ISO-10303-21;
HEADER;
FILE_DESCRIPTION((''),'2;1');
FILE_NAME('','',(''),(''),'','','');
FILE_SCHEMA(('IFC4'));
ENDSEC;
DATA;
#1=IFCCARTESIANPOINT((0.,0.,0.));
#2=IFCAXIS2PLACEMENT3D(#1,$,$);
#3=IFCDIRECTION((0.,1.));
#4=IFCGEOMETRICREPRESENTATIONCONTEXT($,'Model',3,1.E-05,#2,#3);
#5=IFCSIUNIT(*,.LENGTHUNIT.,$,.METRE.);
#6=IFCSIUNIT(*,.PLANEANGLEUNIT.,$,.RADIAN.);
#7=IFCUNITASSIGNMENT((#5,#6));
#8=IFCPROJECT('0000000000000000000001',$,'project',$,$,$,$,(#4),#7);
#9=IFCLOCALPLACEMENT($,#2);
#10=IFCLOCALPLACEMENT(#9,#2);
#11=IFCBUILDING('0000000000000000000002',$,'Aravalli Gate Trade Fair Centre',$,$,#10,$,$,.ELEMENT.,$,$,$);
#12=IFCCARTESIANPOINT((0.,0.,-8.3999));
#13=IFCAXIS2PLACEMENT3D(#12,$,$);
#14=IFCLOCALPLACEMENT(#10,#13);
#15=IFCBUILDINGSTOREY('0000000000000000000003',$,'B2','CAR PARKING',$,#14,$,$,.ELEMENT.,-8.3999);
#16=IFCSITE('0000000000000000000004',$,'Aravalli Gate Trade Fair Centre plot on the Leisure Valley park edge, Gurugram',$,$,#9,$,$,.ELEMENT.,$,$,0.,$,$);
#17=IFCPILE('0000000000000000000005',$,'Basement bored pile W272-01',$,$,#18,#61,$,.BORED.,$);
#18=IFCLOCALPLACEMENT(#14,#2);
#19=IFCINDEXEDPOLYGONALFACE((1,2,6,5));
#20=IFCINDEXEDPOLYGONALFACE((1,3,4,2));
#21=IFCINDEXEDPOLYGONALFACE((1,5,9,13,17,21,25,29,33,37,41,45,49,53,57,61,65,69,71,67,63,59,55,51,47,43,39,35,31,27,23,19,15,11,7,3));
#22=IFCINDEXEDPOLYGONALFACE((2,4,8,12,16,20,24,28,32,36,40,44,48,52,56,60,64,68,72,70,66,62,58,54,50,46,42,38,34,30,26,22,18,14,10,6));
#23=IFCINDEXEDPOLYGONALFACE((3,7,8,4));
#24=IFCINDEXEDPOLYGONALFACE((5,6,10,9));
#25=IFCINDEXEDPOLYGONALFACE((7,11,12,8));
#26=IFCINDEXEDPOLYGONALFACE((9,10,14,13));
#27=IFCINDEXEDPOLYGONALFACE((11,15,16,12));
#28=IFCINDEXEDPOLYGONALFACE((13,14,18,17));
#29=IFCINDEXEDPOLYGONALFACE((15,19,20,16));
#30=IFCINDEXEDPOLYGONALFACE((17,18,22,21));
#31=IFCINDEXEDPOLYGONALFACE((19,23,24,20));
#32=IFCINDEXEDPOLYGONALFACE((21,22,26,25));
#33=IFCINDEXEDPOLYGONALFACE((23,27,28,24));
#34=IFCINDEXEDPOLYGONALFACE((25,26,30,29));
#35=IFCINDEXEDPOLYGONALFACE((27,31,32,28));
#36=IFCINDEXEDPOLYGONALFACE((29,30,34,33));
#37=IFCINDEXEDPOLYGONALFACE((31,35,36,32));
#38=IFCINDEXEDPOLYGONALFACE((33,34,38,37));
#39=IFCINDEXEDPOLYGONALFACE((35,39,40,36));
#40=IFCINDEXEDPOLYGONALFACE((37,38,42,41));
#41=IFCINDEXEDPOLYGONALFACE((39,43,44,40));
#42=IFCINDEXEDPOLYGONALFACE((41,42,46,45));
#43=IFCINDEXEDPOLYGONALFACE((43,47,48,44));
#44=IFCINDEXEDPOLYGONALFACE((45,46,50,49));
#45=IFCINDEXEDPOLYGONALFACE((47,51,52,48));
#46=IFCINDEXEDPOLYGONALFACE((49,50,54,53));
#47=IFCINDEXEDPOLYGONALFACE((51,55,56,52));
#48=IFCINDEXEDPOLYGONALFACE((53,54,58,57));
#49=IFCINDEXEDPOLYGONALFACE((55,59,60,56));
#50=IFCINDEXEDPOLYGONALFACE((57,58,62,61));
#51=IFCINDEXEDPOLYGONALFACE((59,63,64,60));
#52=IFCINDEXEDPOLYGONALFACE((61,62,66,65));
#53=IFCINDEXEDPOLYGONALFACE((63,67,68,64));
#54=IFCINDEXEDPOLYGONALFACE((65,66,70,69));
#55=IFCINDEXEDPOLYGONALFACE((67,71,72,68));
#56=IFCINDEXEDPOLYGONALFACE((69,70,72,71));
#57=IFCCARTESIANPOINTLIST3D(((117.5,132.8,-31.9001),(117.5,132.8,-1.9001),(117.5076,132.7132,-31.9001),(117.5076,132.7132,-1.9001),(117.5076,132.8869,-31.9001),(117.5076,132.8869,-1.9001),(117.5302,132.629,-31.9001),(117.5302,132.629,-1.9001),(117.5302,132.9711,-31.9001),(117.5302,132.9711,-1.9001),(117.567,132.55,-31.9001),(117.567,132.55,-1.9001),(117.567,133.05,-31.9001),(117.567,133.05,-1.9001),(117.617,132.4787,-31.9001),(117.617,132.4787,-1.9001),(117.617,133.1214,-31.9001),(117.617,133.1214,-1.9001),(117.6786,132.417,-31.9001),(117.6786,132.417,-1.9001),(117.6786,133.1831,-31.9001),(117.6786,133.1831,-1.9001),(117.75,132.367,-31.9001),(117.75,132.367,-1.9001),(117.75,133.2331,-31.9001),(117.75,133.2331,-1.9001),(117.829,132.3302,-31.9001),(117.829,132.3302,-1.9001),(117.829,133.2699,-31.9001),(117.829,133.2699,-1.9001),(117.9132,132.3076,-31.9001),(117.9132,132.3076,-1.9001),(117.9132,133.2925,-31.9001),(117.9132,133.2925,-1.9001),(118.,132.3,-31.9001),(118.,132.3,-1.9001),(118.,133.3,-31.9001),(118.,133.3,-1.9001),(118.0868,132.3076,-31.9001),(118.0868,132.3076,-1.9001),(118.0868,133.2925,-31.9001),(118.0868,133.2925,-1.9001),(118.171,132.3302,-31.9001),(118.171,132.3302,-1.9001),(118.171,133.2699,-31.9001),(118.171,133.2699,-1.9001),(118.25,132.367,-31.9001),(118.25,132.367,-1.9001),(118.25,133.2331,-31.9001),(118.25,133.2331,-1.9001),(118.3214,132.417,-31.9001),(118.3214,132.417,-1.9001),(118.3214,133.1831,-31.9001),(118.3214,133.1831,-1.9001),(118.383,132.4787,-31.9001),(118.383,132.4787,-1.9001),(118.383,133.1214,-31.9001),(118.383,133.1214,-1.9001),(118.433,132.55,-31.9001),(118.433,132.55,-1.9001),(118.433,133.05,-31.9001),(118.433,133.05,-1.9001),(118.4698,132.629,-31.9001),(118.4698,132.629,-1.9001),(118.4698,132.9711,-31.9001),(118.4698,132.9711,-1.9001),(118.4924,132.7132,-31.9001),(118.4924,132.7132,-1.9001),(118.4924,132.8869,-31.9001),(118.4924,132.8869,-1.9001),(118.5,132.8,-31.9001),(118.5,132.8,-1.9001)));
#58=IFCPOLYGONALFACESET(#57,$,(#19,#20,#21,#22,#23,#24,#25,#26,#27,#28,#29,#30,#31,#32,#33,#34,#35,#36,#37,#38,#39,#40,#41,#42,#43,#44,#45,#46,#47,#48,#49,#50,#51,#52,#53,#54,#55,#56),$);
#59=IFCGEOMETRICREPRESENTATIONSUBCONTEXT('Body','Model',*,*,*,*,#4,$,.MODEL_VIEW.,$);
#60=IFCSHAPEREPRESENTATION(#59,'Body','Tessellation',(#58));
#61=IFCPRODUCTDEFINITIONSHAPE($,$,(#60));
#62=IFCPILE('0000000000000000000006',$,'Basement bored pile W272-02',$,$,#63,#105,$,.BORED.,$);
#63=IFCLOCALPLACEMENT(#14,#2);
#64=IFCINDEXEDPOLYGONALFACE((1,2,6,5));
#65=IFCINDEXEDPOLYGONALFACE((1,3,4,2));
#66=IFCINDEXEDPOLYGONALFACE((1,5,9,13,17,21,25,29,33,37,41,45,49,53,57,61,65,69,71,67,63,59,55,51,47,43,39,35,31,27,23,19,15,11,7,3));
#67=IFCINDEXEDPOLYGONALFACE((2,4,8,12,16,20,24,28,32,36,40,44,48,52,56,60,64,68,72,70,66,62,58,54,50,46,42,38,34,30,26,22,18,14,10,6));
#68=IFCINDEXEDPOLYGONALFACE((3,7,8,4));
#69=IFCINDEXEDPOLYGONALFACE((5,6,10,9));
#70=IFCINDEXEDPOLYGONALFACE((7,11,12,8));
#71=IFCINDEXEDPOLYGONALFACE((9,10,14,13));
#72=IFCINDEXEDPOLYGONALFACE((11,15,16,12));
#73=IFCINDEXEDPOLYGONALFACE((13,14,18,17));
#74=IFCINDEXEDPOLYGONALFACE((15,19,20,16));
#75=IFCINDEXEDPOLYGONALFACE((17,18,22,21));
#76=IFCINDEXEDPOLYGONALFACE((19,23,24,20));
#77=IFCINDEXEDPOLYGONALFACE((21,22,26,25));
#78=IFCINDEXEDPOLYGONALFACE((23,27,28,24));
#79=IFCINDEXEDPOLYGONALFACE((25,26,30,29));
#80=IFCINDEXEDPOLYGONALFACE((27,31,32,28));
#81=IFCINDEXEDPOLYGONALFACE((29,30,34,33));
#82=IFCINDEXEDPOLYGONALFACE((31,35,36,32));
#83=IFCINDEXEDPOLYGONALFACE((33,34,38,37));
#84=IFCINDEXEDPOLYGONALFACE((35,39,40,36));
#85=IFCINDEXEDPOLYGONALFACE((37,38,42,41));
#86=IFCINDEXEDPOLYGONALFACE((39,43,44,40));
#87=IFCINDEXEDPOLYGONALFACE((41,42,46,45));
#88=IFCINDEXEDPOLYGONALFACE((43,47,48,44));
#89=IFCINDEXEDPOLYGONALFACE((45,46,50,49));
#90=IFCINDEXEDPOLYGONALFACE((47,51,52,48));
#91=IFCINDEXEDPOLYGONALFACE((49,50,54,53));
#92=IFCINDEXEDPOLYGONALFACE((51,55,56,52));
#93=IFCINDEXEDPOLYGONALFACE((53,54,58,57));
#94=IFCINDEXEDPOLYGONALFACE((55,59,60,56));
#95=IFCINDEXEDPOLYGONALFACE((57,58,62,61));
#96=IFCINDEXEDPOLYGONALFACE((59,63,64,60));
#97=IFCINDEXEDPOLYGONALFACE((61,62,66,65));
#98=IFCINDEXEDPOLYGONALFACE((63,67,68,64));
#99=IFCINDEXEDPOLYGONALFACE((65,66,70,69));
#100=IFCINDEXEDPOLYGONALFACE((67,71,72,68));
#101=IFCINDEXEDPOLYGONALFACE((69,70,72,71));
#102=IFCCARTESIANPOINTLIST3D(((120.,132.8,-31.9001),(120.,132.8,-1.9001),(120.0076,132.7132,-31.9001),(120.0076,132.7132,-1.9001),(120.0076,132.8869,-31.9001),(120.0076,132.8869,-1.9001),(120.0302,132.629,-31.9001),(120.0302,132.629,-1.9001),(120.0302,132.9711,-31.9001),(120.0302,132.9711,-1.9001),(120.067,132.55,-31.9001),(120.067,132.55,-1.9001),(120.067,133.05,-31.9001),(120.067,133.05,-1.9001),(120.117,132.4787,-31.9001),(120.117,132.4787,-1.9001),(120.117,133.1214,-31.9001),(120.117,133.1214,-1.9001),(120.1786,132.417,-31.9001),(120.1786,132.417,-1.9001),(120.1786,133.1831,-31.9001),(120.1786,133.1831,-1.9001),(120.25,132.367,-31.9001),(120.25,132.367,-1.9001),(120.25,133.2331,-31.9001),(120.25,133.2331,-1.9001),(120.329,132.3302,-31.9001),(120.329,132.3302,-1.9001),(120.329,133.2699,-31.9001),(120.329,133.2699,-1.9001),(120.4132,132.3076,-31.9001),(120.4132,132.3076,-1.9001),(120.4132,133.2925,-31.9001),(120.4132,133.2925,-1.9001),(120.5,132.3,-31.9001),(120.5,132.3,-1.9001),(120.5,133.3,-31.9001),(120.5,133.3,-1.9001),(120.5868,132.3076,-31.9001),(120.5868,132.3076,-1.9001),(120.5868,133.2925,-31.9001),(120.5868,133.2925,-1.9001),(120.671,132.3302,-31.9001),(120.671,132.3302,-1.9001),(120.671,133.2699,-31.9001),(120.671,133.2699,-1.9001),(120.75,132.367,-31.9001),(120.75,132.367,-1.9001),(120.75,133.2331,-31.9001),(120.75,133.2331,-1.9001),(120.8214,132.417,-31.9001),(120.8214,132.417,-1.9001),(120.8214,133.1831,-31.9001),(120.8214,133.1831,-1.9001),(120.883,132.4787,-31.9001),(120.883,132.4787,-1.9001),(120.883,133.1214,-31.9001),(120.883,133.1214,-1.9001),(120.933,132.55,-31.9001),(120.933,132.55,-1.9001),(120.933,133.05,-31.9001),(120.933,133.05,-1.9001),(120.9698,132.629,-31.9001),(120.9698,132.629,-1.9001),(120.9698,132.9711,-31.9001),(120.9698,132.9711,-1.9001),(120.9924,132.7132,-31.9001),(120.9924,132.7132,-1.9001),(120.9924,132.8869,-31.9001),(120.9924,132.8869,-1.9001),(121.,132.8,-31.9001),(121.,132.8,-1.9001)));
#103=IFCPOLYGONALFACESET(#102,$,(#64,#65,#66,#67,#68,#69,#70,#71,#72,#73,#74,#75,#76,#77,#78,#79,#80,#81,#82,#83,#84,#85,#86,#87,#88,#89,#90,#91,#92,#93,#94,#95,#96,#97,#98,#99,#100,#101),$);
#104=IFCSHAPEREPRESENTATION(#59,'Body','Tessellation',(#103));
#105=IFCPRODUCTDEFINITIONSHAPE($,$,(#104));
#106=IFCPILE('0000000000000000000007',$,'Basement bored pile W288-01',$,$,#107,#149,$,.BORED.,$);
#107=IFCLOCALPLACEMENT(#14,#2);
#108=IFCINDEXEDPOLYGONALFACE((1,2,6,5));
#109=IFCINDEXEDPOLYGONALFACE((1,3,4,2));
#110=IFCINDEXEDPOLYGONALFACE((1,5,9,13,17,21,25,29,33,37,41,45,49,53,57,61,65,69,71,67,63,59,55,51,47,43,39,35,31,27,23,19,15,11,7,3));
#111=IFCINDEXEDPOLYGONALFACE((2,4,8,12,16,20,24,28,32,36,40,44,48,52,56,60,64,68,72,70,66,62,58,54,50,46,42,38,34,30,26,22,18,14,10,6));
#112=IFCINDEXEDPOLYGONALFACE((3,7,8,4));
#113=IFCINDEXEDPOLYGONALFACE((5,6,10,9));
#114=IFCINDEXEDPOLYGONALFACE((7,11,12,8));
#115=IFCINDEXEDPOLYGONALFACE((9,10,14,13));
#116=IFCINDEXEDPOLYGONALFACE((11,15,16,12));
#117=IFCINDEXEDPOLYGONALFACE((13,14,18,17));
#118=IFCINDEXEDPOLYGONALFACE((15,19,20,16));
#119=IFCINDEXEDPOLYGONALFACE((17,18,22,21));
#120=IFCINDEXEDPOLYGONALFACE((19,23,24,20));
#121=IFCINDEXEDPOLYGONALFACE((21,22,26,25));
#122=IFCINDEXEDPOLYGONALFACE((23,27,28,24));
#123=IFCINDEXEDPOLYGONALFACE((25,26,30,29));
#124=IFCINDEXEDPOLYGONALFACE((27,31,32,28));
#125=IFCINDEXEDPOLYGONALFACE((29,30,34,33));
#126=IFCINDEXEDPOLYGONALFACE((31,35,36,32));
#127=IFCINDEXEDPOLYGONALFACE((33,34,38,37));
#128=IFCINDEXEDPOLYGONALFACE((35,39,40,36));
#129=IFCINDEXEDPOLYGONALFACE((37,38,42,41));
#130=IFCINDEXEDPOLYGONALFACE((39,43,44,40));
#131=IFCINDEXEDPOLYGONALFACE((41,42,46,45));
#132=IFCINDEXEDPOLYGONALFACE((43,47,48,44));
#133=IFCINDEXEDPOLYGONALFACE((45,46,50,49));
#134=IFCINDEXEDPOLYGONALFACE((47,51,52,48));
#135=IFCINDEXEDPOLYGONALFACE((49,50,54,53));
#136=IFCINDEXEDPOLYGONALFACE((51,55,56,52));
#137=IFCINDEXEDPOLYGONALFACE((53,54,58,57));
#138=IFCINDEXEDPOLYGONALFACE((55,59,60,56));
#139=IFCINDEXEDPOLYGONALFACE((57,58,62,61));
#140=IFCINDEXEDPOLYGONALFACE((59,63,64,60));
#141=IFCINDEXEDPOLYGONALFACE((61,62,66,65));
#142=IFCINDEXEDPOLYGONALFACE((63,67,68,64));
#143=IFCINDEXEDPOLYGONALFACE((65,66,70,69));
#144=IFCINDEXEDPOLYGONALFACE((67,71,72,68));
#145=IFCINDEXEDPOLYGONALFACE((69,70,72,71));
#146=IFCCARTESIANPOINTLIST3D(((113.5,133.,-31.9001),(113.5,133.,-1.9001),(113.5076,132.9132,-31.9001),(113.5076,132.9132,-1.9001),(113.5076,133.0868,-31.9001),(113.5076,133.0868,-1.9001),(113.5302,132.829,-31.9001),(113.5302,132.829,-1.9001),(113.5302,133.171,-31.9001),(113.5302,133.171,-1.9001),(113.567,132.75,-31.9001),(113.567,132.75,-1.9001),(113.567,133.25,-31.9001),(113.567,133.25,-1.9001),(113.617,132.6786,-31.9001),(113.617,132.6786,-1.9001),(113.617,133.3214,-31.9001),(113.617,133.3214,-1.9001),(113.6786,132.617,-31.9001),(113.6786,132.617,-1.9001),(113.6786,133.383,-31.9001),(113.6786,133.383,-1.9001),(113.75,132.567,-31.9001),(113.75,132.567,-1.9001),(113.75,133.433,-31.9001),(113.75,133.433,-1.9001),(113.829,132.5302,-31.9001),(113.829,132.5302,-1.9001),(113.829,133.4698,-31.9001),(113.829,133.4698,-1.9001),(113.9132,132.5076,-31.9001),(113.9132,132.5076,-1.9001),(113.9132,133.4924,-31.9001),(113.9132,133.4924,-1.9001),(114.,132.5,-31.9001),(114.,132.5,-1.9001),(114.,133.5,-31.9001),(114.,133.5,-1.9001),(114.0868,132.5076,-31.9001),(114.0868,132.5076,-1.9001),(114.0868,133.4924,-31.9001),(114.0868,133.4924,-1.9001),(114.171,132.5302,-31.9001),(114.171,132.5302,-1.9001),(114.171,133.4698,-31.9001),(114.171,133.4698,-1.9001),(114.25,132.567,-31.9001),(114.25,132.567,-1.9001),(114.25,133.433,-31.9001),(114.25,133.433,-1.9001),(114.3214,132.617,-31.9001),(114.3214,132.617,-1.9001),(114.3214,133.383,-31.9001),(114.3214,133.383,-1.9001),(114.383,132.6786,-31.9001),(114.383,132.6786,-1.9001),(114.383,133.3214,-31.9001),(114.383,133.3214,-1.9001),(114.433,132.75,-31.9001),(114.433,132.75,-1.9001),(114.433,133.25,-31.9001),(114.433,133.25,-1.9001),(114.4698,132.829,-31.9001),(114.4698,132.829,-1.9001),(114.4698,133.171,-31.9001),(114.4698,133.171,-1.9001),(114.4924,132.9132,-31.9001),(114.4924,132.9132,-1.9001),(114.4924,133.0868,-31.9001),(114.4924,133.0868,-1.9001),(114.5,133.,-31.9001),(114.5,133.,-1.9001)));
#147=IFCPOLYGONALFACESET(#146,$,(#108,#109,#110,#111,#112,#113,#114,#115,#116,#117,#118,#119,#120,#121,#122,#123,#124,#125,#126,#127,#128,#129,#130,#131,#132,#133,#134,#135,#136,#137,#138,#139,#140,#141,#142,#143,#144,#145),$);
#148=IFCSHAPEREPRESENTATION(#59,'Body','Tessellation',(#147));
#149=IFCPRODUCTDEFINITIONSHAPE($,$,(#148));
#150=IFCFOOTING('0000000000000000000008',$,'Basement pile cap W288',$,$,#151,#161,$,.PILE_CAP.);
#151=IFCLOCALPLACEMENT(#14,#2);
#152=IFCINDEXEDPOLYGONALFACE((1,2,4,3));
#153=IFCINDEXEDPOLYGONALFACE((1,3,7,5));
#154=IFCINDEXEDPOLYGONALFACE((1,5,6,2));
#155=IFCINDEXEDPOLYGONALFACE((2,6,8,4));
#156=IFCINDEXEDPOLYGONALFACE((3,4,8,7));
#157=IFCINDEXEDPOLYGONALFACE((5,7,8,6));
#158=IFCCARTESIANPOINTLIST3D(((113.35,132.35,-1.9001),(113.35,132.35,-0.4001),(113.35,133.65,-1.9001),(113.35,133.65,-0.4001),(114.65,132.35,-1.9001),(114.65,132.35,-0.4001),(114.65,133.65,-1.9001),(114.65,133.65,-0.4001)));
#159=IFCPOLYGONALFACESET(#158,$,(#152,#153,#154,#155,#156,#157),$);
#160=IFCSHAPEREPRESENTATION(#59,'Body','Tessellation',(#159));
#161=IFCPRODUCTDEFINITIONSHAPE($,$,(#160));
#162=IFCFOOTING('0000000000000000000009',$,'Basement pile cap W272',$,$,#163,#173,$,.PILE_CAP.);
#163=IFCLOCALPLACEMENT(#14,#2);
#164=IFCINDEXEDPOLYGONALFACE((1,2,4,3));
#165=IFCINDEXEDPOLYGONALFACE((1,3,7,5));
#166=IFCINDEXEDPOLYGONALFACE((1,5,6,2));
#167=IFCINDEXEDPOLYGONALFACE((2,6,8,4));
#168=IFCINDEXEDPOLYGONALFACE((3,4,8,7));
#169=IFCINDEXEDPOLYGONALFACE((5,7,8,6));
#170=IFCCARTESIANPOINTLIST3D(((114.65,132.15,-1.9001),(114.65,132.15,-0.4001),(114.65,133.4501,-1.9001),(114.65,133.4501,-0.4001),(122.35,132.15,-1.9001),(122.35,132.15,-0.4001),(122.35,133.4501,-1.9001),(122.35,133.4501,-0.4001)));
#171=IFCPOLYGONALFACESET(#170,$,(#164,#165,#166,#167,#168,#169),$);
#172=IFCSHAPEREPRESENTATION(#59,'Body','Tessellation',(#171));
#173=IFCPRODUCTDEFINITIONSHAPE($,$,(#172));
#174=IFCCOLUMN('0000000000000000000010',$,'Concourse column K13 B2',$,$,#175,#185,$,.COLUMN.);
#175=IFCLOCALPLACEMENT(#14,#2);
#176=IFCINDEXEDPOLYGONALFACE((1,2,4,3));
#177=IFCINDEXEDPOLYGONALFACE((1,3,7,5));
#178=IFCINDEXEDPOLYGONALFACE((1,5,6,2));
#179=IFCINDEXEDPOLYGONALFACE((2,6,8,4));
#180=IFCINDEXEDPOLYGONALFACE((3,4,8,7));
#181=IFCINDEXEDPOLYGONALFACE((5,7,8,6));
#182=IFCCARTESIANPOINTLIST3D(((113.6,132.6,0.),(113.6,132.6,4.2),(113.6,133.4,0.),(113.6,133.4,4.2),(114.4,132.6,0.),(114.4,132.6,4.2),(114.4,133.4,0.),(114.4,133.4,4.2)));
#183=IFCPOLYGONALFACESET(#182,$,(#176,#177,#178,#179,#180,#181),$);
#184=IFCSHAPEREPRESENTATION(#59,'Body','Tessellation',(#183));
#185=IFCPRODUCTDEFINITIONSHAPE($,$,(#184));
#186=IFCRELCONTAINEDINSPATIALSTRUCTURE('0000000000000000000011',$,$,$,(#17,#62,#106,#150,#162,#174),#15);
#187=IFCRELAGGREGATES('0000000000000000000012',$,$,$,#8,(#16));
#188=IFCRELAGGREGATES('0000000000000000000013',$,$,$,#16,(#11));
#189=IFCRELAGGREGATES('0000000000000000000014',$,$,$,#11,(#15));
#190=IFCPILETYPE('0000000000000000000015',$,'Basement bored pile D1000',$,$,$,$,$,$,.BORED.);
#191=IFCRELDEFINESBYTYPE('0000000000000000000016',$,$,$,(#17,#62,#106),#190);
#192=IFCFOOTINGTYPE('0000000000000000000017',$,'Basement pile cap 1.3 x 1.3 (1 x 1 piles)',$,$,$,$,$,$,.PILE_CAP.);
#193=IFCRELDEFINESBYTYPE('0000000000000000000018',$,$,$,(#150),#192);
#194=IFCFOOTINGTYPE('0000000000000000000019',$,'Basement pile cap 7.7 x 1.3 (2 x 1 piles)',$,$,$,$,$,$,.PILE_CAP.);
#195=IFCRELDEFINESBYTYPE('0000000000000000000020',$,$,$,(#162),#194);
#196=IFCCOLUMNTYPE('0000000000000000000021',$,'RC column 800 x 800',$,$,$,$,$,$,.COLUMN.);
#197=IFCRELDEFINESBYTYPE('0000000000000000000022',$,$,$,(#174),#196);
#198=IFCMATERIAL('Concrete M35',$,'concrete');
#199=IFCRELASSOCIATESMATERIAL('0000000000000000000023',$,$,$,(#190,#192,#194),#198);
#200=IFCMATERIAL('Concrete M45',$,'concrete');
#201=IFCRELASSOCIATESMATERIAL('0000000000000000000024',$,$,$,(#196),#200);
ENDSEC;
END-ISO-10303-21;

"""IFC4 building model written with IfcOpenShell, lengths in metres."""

from ifc_helpers import new_model, si_unit, direction, frame, origin, origin_2d, place, context, subcontext, project, spatial, rectangle, circle, extrude, material, material_profile, profile_set, type_object, element, save


model = new_model("IFC4")

# Units and contexts
model_context = context("Model", 3, precision=1e-05, world=origin(), true_north=direction((0.0, 1.0)))
body_context = subcontext(model_context, "Body", "Model", "MODEL_VIEW")
ifc_project = project(units=[si_unit("LENGTHUNIT", "METRE"), si_unit("PLANEANGLEUNIT", "RADIAN")], contexts=[model_context])

# Site, building, storey
site_placement = place(None, origin())
site = spatial("IfcSite", under=ifc_project, at=site_placement, Name="Aravalli Gate Trade Fair Centre plot on the Leisure Valley park edge, Gurugram", CompositionType="ELEMENT", RefElevation=0.0)
building_placement = place(site_placement, origin())
building = spatial("IfcBuilding", under=site, at=building_placement, Name="Aravalli Gate Trade Fair Centre", CompositionType="ELEMENT")
storey_placement = place(building_placement, frame((0.0, 0.0, -8.3999)))
storey = spatial("IfcBuildingStorey", under=building, at=storey_placement, Name="B2", Description="CAR PARKING", CompositionType="ELEMENT", Elevation=-8.3999)

# Piles
ifc_material_1 = material(Name="Concrete M35", Category="concrete")
ifc_material_profile_1 = material_profile(ifc_material_1, circle(Radius=0.5, at=origin_2d()), Name="D1000")
ifc_profile_set_1 = profile_set([ifc_material_profile_1], Name="Concrete M35")
pile_type = type_object("IfcPileType", Name="Basement bored pile D1000", PredefinedType="BORED", material=ifc_profile_set_1)
for number, where, z_axis, x_axis, name in (
    (1, (118.0, 132.8, -1.9001), (0.0, 0.0, -1.0), (1.0, 0.0, 0.0), "Basement bored pile W272-01"),
    (2, (120.5, 132.8, -1.9001), (0.0, 0.0, -1.0), (1.0, 0.0, 0.0), "Basement bored pile W272-02"),
    (3, (114.0, 133.0, -1.9001), (0.0, 0.0, -1.0), (1.0, 0.0, 0.0), "Basement bored pile W288-01"),
):
    element("IfcPile", number, at=place(storey_placement, frame(where, z_axis=z_axis, x_axis=x_axis)), inside=storey, type_object=pile_type, Name=name, PredefinedType="BORED", context=body_context, shape_type="SweptSolid", body=[
        extrude(circle(Radius=0.5, at=origin_2d()), origin(), (0.0, 0.0, 1.0), 30.0),
    ])

# Footings
footing_type_1 = type_object("IfcFootingType", Name="Basement pile cap 1.3 x 1.3 (1 x 1 piles)", PredefinedType="PILE_CAP", material=ifc_material_1)
footing_1_placement = place(storey_placement, frame((114.0, 133.0, -1.9001), z_axis=(0.0, 0.0, 1.0), x_axis=(1.0, 0.0, 0.0)))
element("IfcFooting", 4, at=footing_1_placement, inside=storey, type_object=footing_type_1, Name="Basement pile cap W288", PredefinedType="PILE_CAP", context=body_context, shape_type="SweptSolid", body=[
    extrude(rectangle(XDim=1.3, YDim=1.3, at=origin_2d()), origin(), (0.0, 0.0, 1.0), 1.5),
])
footing_type_2 = type_object("IfcFootingType", Name="Basement pile cap 7.7 x 1.3 (2 x 1 piles)", PredefinedType="PILE_CAP", material=ifc_material_1)
footing_2_placement = place(storey_placement, frame((118.5, 132.8, -1.9001), z_axis=(0.0, 0.0, 1.0), x_axis=(1.0, 0.0, 0.0)))
element("IfcFooting", 5, at=footing_2_placement, inside=storey, type_object=footing_type_2, Name="Basement pile cap W272", PredefinedType="PILE_CAP", context=body_context, shape_type="SweptSolid", body=[
    extrude(rectangle(XDim=7.7, YDim=1.3, at=origin_2d()), origin(), (0.0, 0.0, 1.0), 1.5),
])

# Column
ifc_material_2 = material(Name="Concrete M45", Category="concrete")
ifc_material_profile_2 = material_profile(ifc_material_2, rectangle(XDim=0.8, YDim=0.8, at=origin_2d()), Name="RC column 800 x 800")
ifc_profile_set_2 = profile_set([ifc_material_profile_2], Name="Concrete M45")
column_type = type_object("IfcColumnType", Name="RC column 800 x 800", PredefinedType="COLUMN", material=ifc_profile_set_2)
column_placement = place(storey_placement, frame((114.0, 133.0, 0.0), z_axis=(0.0, 0.0, 1.0), x_axis=(1.0, 0.0, 0.0)))
element("IfcColumn", 6, at=column_placement, inside=storey, type_object=column_type, Name="Concourse column K13 B2", PredefinedType="COLUMN", context=body_context, shape_type="SweptSolid", body=[
    extrude(rectangle(XDim=0.8, YDim=0.8, at=origin_2d()), origin(), (0.0, 0.0, 1.0), 4.2),
])

save(model, "model.ifc")
